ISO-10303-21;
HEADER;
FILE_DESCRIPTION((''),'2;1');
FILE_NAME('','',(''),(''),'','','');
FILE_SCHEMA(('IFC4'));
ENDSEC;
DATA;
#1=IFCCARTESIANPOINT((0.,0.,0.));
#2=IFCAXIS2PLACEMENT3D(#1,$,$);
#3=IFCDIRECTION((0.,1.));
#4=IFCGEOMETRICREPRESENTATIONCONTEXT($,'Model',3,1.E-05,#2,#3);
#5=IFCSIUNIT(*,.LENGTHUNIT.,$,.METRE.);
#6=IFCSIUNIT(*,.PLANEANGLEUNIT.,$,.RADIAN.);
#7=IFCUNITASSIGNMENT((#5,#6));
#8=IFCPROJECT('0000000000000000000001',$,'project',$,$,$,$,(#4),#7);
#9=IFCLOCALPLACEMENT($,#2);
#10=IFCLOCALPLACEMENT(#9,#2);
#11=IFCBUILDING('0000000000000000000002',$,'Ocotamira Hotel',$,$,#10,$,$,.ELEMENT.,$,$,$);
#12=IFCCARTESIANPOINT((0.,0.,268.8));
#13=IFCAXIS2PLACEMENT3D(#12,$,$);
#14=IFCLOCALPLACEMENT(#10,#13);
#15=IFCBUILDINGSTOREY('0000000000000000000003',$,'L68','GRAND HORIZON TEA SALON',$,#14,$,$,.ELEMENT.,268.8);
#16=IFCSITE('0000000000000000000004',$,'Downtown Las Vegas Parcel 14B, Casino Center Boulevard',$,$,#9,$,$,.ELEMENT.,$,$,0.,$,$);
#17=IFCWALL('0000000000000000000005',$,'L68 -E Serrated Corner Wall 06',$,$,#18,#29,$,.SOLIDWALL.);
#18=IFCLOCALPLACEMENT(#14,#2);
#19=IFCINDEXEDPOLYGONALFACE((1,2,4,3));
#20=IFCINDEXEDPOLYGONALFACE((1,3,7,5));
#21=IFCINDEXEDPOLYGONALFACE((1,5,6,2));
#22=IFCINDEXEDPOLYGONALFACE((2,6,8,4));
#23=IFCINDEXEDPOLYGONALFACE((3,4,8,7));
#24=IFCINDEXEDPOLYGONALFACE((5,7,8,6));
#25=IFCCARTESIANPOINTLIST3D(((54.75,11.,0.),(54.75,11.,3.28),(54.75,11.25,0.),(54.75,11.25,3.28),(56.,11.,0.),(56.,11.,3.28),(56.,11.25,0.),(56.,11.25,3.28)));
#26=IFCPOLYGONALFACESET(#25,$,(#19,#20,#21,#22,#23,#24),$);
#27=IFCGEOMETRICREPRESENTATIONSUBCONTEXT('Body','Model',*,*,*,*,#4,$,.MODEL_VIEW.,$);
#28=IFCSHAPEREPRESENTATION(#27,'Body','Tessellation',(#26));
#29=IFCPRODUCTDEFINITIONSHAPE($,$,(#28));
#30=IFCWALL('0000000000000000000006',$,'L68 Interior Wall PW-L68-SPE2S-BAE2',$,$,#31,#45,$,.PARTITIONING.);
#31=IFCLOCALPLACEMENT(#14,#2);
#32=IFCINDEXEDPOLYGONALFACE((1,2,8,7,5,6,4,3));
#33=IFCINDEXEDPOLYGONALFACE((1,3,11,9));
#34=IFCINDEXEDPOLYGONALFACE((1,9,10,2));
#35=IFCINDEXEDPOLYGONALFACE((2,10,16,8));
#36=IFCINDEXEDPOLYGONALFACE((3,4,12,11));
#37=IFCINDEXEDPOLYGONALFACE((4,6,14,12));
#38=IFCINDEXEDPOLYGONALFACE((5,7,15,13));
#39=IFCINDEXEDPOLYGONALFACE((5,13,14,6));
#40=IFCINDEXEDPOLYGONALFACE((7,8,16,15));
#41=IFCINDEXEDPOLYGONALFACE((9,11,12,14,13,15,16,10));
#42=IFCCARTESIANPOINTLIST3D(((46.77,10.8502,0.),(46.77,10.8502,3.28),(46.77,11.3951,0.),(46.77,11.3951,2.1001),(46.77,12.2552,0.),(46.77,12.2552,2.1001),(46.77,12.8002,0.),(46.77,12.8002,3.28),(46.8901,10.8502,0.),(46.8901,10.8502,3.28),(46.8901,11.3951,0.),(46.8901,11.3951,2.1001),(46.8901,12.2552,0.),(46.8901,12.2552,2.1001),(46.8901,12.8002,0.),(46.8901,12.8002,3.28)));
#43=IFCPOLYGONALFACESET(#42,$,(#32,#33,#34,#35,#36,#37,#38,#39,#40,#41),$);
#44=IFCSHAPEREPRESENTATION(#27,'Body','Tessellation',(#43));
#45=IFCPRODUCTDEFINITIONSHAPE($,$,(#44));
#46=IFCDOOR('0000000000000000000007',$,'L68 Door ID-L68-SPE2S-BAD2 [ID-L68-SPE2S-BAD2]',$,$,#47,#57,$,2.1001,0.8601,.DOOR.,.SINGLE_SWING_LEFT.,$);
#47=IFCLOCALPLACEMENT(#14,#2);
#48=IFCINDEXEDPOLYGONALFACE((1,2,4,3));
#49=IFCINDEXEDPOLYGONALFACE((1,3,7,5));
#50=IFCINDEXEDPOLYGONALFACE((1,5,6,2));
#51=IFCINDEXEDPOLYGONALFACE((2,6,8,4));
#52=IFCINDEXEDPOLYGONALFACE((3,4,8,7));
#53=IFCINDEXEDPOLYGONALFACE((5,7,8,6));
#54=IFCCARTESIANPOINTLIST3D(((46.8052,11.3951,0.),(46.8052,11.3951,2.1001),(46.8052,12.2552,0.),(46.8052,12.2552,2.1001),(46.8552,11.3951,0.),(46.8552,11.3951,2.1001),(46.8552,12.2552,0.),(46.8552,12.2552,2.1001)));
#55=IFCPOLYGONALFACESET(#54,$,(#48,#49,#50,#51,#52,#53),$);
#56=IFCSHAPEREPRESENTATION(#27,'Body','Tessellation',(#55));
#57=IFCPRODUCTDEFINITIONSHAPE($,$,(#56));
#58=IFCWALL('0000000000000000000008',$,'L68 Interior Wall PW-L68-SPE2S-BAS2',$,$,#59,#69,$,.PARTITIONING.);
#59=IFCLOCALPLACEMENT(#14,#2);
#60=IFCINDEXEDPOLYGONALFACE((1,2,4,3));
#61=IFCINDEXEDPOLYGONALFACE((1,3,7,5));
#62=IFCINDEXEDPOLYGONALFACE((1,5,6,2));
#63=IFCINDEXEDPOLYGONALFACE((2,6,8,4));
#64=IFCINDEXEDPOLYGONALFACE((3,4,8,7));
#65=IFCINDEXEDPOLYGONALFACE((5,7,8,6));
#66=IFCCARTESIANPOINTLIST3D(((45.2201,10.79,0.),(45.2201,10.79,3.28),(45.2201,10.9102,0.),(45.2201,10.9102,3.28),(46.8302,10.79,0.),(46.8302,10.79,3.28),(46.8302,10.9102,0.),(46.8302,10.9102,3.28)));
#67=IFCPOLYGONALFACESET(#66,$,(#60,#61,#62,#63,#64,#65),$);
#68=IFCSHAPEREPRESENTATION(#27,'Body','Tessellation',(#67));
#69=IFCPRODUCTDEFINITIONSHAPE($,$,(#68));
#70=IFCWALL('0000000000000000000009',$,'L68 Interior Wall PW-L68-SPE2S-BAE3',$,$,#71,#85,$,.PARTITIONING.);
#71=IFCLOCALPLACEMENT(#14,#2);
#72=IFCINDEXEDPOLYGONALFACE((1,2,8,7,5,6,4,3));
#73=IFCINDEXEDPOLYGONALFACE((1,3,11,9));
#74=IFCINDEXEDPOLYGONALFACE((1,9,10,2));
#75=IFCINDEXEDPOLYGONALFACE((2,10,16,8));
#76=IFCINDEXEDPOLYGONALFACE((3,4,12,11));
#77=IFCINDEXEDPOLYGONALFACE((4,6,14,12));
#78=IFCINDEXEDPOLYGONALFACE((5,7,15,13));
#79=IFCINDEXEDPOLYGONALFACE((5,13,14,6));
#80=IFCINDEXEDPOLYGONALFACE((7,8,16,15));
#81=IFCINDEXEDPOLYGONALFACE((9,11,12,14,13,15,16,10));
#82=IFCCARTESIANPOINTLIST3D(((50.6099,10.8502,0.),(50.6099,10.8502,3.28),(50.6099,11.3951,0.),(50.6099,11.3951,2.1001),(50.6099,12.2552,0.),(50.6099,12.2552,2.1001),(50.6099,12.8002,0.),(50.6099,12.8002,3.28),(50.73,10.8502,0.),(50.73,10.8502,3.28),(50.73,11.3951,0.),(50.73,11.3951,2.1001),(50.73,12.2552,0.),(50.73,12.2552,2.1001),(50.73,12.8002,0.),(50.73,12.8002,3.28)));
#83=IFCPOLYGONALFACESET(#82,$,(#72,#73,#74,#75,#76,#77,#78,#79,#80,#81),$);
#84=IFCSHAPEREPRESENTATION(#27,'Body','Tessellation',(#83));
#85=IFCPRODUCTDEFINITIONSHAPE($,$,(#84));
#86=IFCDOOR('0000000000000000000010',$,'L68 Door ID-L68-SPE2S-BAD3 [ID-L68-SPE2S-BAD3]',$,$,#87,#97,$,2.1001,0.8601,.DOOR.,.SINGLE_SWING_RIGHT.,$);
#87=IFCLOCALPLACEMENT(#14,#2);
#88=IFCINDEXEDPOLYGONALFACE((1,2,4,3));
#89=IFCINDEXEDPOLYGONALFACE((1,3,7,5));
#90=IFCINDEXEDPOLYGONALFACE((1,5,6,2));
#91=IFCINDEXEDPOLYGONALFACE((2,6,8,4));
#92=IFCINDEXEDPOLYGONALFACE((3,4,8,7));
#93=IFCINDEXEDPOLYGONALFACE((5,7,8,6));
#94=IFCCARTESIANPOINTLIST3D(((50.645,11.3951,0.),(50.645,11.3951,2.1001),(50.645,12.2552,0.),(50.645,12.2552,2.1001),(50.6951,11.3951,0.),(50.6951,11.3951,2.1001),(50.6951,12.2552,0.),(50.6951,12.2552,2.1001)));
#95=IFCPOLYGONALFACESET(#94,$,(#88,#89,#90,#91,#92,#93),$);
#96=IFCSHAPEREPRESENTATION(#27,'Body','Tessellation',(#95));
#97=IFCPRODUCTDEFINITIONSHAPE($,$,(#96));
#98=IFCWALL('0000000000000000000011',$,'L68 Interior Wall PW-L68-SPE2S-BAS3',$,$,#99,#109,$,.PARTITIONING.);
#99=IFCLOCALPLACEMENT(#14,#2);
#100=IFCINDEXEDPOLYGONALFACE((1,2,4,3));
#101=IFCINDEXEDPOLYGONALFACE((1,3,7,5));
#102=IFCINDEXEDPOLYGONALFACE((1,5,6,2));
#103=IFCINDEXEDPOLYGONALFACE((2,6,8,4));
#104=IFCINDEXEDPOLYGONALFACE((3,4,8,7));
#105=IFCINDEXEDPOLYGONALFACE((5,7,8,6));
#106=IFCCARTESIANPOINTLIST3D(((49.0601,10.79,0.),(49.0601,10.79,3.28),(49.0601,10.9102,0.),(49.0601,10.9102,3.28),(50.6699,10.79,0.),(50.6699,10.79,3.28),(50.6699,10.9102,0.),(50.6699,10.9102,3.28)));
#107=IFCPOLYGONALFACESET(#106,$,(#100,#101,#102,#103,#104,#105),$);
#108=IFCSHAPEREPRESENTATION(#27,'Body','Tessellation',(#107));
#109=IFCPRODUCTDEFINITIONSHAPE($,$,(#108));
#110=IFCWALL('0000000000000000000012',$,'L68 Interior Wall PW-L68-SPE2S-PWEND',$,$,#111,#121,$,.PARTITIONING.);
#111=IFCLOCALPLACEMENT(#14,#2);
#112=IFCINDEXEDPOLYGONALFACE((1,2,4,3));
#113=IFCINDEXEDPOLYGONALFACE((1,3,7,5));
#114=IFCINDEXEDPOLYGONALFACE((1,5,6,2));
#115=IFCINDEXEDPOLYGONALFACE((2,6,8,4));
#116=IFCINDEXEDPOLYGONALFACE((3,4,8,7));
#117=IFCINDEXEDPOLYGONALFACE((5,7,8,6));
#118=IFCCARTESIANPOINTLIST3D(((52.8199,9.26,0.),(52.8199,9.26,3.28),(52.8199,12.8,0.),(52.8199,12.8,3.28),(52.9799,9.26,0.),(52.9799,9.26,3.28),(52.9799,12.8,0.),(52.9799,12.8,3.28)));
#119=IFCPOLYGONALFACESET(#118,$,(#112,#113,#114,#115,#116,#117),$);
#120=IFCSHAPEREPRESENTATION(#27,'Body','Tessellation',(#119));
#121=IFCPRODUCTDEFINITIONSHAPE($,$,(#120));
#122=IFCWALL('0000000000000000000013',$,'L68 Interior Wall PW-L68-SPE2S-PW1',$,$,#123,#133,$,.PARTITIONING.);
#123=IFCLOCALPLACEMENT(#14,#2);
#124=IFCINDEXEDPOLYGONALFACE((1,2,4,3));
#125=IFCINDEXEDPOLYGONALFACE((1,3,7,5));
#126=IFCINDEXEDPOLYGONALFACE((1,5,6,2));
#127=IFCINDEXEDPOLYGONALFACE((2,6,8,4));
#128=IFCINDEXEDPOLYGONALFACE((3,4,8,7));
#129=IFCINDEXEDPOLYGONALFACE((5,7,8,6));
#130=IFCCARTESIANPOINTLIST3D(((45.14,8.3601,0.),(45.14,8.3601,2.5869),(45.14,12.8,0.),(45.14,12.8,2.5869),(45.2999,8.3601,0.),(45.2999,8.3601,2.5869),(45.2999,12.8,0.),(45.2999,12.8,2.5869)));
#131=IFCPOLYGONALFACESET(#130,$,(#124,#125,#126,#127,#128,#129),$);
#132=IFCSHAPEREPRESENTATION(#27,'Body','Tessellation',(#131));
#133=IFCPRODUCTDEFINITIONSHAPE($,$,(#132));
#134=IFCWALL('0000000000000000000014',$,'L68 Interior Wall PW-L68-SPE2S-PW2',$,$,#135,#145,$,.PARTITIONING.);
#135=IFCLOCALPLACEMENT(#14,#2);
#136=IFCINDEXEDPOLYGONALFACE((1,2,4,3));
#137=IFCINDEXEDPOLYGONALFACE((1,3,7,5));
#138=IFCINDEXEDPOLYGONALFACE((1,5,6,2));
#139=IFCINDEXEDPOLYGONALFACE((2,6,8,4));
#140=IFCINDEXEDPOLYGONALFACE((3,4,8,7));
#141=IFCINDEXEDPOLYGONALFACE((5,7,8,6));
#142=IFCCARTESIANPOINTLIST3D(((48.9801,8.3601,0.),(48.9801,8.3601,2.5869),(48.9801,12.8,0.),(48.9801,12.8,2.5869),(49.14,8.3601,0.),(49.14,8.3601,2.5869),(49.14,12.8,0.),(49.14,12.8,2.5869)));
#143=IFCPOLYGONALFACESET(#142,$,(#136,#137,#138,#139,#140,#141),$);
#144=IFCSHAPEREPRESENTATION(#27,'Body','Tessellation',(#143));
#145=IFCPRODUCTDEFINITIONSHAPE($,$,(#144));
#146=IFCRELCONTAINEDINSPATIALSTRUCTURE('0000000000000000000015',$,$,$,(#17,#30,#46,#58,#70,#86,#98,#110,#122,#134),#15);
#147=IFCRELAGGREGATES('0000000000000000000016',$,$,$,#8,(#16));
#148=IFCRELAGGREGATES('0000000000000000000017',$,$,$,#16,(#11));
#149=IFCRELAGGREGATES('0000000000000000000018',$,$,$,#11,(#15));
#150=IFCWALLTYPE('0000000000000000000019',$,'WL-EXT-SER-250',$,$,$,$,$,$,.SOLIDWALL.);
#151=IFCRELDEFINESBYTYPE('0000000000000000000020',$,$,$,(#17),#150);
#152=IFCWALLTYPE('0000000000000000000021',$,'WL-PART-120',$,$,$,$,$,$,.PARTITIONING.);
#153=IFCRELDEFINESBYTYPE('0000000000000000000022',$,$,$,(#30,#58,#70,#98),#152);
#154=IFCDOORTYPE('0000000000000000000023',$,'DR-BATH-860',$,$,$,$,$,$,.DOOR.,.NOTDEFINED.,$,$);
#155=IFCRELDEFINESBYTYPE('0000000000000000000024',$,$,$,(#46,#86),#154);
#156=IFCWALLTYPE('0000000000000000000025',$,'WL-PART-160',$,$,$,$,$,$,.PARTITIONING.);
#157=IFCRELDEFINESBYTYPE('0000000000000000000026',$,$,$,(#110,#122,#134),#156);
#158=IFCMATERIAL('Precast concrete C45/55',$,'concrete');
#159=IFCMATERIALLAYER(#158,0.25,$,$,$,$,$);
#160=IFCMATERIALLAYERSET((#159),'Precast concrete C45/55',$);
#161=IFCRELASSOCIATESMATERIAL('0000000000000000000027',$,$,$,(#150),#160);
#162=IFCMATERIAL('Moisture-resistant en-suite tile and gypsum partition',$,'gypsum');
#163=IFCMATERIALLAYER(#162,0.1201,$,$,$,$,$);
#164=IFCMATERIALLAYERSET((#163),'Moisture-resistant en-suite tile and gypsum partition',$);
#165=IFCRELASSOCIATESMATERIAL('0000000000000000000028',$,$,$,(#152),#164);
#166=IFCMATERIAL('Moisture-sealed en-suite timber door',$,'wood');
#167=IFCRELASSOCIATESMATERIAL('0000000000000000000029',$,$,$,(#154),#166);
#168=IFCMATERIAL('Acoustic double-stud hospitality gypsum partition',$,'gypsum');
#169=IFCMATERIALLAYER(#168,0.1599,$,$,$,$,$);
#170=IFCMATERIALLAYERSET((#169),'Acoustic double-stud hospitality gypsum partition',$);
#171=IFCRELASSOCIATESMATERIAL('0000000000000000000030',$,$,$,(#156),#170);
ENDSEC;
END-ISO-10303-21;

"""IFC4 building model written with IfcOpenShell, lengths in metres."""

from ifc_helpers import new_model, si_unit, direction, frame, frame_2d, origin, place, context, subcontext, project, spatial, rectangle, extrude, source, transform, mapped, material, layer, layer_set, type_object, element, fill, save


model = new_model("IFC4")

# Units and contexts
model_context = context("Model", 3, precision=1e-05, world=origin(), true_north=direction((0.0, 1.0)))
body_context = subcontext(model_context, "Body", "Model", "MODEL_VIEW")
ifc_project = project(units=[si_unit("LENGTHUNIT", "METRE"), si_unit("PLANEANGLEUNIT", "RADIAN")], contexts=[model_context])

# Site, building, storey
site_placement = place(None, origin())
site = spatial("IfcSite", under=ifc_project, at=site_placement, Name="Downtown Las Vegas Parcel 14B, Casino Center Boulevard", CompositionType="ELEMENT", RefElevation=0.0)
building_placement = place(site_placement, origin())
building = spatial("IfcBuilding", under=site, at=building_placement, Name="Ocotamira Hotel", CompositionType="ELEMENT")
storey_placement = place(building_placement, frame((0.0, 0.0, 268.8)))
storey = spatial("IfcBuildingStorey", under=building, at=storey_placement, Name="L68", Description="GRAND HORIZON TEA SALON", CompositionType="ELEMENT", Elevation=268.8)

# Wall
ifc_material_1 = material(Name="Precast concrete C45/55", Category="concrete")
ifc_layer_1 = layer(ifc_material_1, 0.25)
ifc_layer_set_1 = layer_set([ifc_layer_1], Name="Precast concrete C45/55")
wall_type_1 = type_object("IfcWallType", Name="WL-EXT-SER-250", PredefinedType="SOLIDWALL", material=ifc_layer_set_1)
wall_1_placement = place(storey_placement, frame((54.75, 11.125, 0.0), z_axis=(0.0, 0.0, 1.0), x_axis=(1.0, 0.0, 0.0)))
element("IfcWall", 1, at=wall_1_placement, inside=storey, type_object=wall_type_1, Name="L68 -E Serrated Corner Wall 06", PredefinedType="SOLIDWALL", context=body_context, shape_type="SweptSolid", body=[
    extrude(rectangle(XDim=1.25, YDim=0.25, at=frame_2d((0.625, 0.0))), origin(), (0.0, 0.0, 1.0), 3.28),
])

# Wall, opening, door
ifc_material_2 = material(Name="Moisture-resistant en-suite tile and gypsum partition", Category="gypsum")
ifc_layer_2 = layer(ifc_material_2, 0.1201)
ifc_layer_set_2 = layer_set([ifc_layer_2], Name="Moisture-resistant en-suite tile and gypsum partition")
wall_type_2 = type_object("IfcWallType", Name="WL-PART-120", PredefinedType="PARTITIONING", material=ifc_layer_set_2)
wall_2_placement = place(storey_placement, frame((46.8301, 10.8501, 0.0), z_axis=(0.0, 0.0, 1.0), x_axis=(0.0, 1.0, 0.0)))
wall_2 = element("IfcWall", 2, at=wall_2_placement, inside=storey, type_object=wall_type_2, Name="L68 Interior Wall PW-L68-SPE2S-BAE2", PredefinedType="PARTITIONING", context=body_context, shape_type="SweptSolid", body=[
    extrude(rectangle(XDim=1.95, YDim=0.1201, at=frame_2d((0.9751, 0.0))), origin(), (0.0, 0.0, 1.0), 3.28),
])
opening_1_placement = place(wall_2_placement, frame((0.5449, 0.0, 0.0)))
opening_1 = element("IfcOpeningElement", 3, at=opening_1_placement, cuts=wall_2, PredefinedType="OPENING", context=body_context, shape_type="SweptSolid", body=[
    extrude(rectangle(XDim=0.8601, YDim=2.1001, at=frame_2d((0.4302, 1.05))), frame((0.0, 0.0701, 0.0), z_axis=(0.0, -1.0, 0.0), x_axis=(1.0, 0.0, 0.0)), (0.0, 0.0, 1.0), 0.1401),
])
ifc_material_3 = material(Name="Moisture-sealed en-suite timber door", Category="wood")
door_type = type_object("IfcDoorType", Name="DR-BATH-860", OperationType="NOTDEFINED", PredefinedType="DOOR", material=ifc_material_3)
shared_shape_1 = source(origin(), body_context, "Body", "SweptSolid", [
    extrude(rectangle(XDim=0.8601, YDim=2.1001, at=frame_2d((0.4302, 1.05))), frame((0.0, 0.0249, 0.0), z_axis=(0.0, -1.0, 0.0), x_axis=(1.0, 0.0, 0.0)), (0.0, 0.0, 1.0), 0.05),
])
door_1_placement = place(opening_1_placement, origin())
door_1 = element("IfcDoor", 4, at=door_1_placement, inside=storey, type_object=door_type, Name="L68 Door ID-L68-SPE2S-BAD2 [ID-L68-SPE2S-BAD2]", OperationType="SINGLE_SWING_LEFT", OverallHeight=2.1001, OverallWidth=0.8601, PredefinedType="DOOR", context=body_context, shape_type="MappedRepresentation", body=[
    mapped(shared_shape_1, transform((0.0, 0.0, 0.0), scale=1.0)),
])
fill(opening_1, door_1)

# Wall
wall_3_placement = place(storey_placement, frame((45.22, 10.8501, 0.0), z_axis=(0.0, 0.0, 1.0), x_axis=(1.0, 0.0, 0.0)))
element("IfcWall", 5, at=wall_3_placement, inside=storey, type_object=wall_type_2, Name="L68 Interior Wall PW-L68-SPE2S-BAS2", PredefinedType="PARTITIONING", context=body_context, shape_type="SweptSolid", body=[
    extrude(rectangle(XDim=1.6101, YDim=0.1201, at=frame_2d((0.8052, 0.0))), origin(), (0.0, 0.0, 1.0), 3.28),
])

# Wall, opening, door
wall_4_placement = place(storey_placement, frame((50.6699, 10.8501, 0.0), z_axis=(0.0, 0.0, 1.0), x_axis=(0.0, 1.0, 0.0)))
wall_4 = element("IfcWall", 6, at=wall_4_placement, inside=storey, type_object=wall_type_2, Name="L68 Interior Wall PW-L68-SPE2S-BAE3", PredefinedType="PARTITIONING", context=body_context, shape_type="SweptSolid", body=[
    extrude(rectangle(XDim=1.95, YDim=0.1201, at=frame_2d((0.9751, 0.0))), origin(), (0.0, 0.0, 1.0), 3.28),
])
opening_2_placement = place(wall_4_placement, frame((0.5449, 0.0, 0.0)))
opening_2 = element("IfcOpeningElement", 7, at=opening_2_placement, cuts=wall_4, PredefinedType="OPENING", context=body_context, shape_type="SweptSolid", body=[
    extrude(rectangle(XDim=0.8601, YDim=2.1001, at=frame_2d((0.4302, 1.05))), frame((0.0, 0.0701, 0.0), z_axis=(0.0, -1.0, 0.0), x_axis=(1.0, 0.0, 0.0)), (0.0, 0.0, 1.0), 0.1401),
])
door_2_placement = place(opening_2_placement, origin())
door_2 = element("IfcDoor", 8, at=door_2_placement, inside=storey, type_object=door_type, Name="L68 Door ID-L68-SPE2S-BAD3 [ID-L68-SPE2S-BAD3]", OperationType="SINGLE_SWING_RIGHT", OverallHeight=2.1001, OverallWidth=0.8601, PredefinedType="DOOR", context=body_context, shape_type="MappedRepresentation", body=[
    mapped(shared_shape_1, transform((0.0, 0.0, 0.0), scale=1.0)),
])
fill(opening_2, door_2)

# Walls
wall_5_placement = place(storey_placement, frame((49.0601, 10.8501, 0.0), z_axis=(0.0, 0.0, 1.0), x_axis=(1.0, 0.0, 0.0)))
element("IfcWall", 9, at=wall_5_placement, inside=storey, type_object=wall_type_2, Name="L68 Interior Wall PW-L68-SPE2S-BAS3", PredefinedType="PARTITIONING", context=body_context, shape_type="SweptSolid", body=[
    extrude(rectangle(XDim=1.6099, YDim=0.1201, at=frame_2d((0.8049, 0.0))), origin(), (0.0, 0.0, 1.0), 3.28),
])
ifc_material_4 = material(Name="Acoustic double-stud hospitality gypsum partition", Category="gypsum")
ifc_layer_3 = layer(ifc_material_4, 0.1599)
ifc_layer_set_3 = layer_set([ifc_layer_3], Name="Acoustic double-stud hospitality gypsum partition")
wall_type_3 = type_object("IfcWallType", Name="WL-PART-160", PredefinedType="PARTITIONING", material=ifc_layer_set_3)
wall_6_placement = place(storey_placement, frame((52.8999, 9.26, 0.0), z_axis=(0.0, 0.0, 1.0), x_axis=(0.0, 1.0, 0.0)))
element("IfcWall", 10, at=wall_6_placement, inside=storey, type_object=wall_type_3, Name="L68 Interior Wall PW-L68-SPE2S-PWEND", PredefinedType="PARTITIONING", context=body_context, shape_type="SweptSolid", body=[
    extrude(rectangle(XDim=3.54, YDim=0.1599, at=frame_2d((1.77, 0.0))), origin(), (0.0, 0.0, 1.0), 3.28),
])
for number, where, z_axis, x_axis, name in (
    (11, (45.22, 8.3601, 0.0), (0.0, 0.0, 1.0), (0.0, 1.0, 0.0), "L68 Interior Wall PW-L68-SPE2S-PW1"),
    (12, (49.0601, 8.3601, 0.0), (0.0, 0.0, 1.0), (0.0, 1.0, 0.0), "L68 Interior Wall PW-L68-SPE2S-PW2"),
):
    element("IfcWall", number, at=place(storey_placement, frame(where, z_axis=z_axis, x_axis=x_axis)), inside=storey, type_object=wall_type_3, Name=name, PredefinedType="PARTITIONING", context=body_context, shape_type="SweptSolid", body=[
        extrude(rectangle(XDim=4.4399, YDim=0.1599, at=frame_2d((2.22, 0.0))), origin(), (0.0, 0.0, 1.0), 2.5869),
    ])

save(model, "model.ifc")
